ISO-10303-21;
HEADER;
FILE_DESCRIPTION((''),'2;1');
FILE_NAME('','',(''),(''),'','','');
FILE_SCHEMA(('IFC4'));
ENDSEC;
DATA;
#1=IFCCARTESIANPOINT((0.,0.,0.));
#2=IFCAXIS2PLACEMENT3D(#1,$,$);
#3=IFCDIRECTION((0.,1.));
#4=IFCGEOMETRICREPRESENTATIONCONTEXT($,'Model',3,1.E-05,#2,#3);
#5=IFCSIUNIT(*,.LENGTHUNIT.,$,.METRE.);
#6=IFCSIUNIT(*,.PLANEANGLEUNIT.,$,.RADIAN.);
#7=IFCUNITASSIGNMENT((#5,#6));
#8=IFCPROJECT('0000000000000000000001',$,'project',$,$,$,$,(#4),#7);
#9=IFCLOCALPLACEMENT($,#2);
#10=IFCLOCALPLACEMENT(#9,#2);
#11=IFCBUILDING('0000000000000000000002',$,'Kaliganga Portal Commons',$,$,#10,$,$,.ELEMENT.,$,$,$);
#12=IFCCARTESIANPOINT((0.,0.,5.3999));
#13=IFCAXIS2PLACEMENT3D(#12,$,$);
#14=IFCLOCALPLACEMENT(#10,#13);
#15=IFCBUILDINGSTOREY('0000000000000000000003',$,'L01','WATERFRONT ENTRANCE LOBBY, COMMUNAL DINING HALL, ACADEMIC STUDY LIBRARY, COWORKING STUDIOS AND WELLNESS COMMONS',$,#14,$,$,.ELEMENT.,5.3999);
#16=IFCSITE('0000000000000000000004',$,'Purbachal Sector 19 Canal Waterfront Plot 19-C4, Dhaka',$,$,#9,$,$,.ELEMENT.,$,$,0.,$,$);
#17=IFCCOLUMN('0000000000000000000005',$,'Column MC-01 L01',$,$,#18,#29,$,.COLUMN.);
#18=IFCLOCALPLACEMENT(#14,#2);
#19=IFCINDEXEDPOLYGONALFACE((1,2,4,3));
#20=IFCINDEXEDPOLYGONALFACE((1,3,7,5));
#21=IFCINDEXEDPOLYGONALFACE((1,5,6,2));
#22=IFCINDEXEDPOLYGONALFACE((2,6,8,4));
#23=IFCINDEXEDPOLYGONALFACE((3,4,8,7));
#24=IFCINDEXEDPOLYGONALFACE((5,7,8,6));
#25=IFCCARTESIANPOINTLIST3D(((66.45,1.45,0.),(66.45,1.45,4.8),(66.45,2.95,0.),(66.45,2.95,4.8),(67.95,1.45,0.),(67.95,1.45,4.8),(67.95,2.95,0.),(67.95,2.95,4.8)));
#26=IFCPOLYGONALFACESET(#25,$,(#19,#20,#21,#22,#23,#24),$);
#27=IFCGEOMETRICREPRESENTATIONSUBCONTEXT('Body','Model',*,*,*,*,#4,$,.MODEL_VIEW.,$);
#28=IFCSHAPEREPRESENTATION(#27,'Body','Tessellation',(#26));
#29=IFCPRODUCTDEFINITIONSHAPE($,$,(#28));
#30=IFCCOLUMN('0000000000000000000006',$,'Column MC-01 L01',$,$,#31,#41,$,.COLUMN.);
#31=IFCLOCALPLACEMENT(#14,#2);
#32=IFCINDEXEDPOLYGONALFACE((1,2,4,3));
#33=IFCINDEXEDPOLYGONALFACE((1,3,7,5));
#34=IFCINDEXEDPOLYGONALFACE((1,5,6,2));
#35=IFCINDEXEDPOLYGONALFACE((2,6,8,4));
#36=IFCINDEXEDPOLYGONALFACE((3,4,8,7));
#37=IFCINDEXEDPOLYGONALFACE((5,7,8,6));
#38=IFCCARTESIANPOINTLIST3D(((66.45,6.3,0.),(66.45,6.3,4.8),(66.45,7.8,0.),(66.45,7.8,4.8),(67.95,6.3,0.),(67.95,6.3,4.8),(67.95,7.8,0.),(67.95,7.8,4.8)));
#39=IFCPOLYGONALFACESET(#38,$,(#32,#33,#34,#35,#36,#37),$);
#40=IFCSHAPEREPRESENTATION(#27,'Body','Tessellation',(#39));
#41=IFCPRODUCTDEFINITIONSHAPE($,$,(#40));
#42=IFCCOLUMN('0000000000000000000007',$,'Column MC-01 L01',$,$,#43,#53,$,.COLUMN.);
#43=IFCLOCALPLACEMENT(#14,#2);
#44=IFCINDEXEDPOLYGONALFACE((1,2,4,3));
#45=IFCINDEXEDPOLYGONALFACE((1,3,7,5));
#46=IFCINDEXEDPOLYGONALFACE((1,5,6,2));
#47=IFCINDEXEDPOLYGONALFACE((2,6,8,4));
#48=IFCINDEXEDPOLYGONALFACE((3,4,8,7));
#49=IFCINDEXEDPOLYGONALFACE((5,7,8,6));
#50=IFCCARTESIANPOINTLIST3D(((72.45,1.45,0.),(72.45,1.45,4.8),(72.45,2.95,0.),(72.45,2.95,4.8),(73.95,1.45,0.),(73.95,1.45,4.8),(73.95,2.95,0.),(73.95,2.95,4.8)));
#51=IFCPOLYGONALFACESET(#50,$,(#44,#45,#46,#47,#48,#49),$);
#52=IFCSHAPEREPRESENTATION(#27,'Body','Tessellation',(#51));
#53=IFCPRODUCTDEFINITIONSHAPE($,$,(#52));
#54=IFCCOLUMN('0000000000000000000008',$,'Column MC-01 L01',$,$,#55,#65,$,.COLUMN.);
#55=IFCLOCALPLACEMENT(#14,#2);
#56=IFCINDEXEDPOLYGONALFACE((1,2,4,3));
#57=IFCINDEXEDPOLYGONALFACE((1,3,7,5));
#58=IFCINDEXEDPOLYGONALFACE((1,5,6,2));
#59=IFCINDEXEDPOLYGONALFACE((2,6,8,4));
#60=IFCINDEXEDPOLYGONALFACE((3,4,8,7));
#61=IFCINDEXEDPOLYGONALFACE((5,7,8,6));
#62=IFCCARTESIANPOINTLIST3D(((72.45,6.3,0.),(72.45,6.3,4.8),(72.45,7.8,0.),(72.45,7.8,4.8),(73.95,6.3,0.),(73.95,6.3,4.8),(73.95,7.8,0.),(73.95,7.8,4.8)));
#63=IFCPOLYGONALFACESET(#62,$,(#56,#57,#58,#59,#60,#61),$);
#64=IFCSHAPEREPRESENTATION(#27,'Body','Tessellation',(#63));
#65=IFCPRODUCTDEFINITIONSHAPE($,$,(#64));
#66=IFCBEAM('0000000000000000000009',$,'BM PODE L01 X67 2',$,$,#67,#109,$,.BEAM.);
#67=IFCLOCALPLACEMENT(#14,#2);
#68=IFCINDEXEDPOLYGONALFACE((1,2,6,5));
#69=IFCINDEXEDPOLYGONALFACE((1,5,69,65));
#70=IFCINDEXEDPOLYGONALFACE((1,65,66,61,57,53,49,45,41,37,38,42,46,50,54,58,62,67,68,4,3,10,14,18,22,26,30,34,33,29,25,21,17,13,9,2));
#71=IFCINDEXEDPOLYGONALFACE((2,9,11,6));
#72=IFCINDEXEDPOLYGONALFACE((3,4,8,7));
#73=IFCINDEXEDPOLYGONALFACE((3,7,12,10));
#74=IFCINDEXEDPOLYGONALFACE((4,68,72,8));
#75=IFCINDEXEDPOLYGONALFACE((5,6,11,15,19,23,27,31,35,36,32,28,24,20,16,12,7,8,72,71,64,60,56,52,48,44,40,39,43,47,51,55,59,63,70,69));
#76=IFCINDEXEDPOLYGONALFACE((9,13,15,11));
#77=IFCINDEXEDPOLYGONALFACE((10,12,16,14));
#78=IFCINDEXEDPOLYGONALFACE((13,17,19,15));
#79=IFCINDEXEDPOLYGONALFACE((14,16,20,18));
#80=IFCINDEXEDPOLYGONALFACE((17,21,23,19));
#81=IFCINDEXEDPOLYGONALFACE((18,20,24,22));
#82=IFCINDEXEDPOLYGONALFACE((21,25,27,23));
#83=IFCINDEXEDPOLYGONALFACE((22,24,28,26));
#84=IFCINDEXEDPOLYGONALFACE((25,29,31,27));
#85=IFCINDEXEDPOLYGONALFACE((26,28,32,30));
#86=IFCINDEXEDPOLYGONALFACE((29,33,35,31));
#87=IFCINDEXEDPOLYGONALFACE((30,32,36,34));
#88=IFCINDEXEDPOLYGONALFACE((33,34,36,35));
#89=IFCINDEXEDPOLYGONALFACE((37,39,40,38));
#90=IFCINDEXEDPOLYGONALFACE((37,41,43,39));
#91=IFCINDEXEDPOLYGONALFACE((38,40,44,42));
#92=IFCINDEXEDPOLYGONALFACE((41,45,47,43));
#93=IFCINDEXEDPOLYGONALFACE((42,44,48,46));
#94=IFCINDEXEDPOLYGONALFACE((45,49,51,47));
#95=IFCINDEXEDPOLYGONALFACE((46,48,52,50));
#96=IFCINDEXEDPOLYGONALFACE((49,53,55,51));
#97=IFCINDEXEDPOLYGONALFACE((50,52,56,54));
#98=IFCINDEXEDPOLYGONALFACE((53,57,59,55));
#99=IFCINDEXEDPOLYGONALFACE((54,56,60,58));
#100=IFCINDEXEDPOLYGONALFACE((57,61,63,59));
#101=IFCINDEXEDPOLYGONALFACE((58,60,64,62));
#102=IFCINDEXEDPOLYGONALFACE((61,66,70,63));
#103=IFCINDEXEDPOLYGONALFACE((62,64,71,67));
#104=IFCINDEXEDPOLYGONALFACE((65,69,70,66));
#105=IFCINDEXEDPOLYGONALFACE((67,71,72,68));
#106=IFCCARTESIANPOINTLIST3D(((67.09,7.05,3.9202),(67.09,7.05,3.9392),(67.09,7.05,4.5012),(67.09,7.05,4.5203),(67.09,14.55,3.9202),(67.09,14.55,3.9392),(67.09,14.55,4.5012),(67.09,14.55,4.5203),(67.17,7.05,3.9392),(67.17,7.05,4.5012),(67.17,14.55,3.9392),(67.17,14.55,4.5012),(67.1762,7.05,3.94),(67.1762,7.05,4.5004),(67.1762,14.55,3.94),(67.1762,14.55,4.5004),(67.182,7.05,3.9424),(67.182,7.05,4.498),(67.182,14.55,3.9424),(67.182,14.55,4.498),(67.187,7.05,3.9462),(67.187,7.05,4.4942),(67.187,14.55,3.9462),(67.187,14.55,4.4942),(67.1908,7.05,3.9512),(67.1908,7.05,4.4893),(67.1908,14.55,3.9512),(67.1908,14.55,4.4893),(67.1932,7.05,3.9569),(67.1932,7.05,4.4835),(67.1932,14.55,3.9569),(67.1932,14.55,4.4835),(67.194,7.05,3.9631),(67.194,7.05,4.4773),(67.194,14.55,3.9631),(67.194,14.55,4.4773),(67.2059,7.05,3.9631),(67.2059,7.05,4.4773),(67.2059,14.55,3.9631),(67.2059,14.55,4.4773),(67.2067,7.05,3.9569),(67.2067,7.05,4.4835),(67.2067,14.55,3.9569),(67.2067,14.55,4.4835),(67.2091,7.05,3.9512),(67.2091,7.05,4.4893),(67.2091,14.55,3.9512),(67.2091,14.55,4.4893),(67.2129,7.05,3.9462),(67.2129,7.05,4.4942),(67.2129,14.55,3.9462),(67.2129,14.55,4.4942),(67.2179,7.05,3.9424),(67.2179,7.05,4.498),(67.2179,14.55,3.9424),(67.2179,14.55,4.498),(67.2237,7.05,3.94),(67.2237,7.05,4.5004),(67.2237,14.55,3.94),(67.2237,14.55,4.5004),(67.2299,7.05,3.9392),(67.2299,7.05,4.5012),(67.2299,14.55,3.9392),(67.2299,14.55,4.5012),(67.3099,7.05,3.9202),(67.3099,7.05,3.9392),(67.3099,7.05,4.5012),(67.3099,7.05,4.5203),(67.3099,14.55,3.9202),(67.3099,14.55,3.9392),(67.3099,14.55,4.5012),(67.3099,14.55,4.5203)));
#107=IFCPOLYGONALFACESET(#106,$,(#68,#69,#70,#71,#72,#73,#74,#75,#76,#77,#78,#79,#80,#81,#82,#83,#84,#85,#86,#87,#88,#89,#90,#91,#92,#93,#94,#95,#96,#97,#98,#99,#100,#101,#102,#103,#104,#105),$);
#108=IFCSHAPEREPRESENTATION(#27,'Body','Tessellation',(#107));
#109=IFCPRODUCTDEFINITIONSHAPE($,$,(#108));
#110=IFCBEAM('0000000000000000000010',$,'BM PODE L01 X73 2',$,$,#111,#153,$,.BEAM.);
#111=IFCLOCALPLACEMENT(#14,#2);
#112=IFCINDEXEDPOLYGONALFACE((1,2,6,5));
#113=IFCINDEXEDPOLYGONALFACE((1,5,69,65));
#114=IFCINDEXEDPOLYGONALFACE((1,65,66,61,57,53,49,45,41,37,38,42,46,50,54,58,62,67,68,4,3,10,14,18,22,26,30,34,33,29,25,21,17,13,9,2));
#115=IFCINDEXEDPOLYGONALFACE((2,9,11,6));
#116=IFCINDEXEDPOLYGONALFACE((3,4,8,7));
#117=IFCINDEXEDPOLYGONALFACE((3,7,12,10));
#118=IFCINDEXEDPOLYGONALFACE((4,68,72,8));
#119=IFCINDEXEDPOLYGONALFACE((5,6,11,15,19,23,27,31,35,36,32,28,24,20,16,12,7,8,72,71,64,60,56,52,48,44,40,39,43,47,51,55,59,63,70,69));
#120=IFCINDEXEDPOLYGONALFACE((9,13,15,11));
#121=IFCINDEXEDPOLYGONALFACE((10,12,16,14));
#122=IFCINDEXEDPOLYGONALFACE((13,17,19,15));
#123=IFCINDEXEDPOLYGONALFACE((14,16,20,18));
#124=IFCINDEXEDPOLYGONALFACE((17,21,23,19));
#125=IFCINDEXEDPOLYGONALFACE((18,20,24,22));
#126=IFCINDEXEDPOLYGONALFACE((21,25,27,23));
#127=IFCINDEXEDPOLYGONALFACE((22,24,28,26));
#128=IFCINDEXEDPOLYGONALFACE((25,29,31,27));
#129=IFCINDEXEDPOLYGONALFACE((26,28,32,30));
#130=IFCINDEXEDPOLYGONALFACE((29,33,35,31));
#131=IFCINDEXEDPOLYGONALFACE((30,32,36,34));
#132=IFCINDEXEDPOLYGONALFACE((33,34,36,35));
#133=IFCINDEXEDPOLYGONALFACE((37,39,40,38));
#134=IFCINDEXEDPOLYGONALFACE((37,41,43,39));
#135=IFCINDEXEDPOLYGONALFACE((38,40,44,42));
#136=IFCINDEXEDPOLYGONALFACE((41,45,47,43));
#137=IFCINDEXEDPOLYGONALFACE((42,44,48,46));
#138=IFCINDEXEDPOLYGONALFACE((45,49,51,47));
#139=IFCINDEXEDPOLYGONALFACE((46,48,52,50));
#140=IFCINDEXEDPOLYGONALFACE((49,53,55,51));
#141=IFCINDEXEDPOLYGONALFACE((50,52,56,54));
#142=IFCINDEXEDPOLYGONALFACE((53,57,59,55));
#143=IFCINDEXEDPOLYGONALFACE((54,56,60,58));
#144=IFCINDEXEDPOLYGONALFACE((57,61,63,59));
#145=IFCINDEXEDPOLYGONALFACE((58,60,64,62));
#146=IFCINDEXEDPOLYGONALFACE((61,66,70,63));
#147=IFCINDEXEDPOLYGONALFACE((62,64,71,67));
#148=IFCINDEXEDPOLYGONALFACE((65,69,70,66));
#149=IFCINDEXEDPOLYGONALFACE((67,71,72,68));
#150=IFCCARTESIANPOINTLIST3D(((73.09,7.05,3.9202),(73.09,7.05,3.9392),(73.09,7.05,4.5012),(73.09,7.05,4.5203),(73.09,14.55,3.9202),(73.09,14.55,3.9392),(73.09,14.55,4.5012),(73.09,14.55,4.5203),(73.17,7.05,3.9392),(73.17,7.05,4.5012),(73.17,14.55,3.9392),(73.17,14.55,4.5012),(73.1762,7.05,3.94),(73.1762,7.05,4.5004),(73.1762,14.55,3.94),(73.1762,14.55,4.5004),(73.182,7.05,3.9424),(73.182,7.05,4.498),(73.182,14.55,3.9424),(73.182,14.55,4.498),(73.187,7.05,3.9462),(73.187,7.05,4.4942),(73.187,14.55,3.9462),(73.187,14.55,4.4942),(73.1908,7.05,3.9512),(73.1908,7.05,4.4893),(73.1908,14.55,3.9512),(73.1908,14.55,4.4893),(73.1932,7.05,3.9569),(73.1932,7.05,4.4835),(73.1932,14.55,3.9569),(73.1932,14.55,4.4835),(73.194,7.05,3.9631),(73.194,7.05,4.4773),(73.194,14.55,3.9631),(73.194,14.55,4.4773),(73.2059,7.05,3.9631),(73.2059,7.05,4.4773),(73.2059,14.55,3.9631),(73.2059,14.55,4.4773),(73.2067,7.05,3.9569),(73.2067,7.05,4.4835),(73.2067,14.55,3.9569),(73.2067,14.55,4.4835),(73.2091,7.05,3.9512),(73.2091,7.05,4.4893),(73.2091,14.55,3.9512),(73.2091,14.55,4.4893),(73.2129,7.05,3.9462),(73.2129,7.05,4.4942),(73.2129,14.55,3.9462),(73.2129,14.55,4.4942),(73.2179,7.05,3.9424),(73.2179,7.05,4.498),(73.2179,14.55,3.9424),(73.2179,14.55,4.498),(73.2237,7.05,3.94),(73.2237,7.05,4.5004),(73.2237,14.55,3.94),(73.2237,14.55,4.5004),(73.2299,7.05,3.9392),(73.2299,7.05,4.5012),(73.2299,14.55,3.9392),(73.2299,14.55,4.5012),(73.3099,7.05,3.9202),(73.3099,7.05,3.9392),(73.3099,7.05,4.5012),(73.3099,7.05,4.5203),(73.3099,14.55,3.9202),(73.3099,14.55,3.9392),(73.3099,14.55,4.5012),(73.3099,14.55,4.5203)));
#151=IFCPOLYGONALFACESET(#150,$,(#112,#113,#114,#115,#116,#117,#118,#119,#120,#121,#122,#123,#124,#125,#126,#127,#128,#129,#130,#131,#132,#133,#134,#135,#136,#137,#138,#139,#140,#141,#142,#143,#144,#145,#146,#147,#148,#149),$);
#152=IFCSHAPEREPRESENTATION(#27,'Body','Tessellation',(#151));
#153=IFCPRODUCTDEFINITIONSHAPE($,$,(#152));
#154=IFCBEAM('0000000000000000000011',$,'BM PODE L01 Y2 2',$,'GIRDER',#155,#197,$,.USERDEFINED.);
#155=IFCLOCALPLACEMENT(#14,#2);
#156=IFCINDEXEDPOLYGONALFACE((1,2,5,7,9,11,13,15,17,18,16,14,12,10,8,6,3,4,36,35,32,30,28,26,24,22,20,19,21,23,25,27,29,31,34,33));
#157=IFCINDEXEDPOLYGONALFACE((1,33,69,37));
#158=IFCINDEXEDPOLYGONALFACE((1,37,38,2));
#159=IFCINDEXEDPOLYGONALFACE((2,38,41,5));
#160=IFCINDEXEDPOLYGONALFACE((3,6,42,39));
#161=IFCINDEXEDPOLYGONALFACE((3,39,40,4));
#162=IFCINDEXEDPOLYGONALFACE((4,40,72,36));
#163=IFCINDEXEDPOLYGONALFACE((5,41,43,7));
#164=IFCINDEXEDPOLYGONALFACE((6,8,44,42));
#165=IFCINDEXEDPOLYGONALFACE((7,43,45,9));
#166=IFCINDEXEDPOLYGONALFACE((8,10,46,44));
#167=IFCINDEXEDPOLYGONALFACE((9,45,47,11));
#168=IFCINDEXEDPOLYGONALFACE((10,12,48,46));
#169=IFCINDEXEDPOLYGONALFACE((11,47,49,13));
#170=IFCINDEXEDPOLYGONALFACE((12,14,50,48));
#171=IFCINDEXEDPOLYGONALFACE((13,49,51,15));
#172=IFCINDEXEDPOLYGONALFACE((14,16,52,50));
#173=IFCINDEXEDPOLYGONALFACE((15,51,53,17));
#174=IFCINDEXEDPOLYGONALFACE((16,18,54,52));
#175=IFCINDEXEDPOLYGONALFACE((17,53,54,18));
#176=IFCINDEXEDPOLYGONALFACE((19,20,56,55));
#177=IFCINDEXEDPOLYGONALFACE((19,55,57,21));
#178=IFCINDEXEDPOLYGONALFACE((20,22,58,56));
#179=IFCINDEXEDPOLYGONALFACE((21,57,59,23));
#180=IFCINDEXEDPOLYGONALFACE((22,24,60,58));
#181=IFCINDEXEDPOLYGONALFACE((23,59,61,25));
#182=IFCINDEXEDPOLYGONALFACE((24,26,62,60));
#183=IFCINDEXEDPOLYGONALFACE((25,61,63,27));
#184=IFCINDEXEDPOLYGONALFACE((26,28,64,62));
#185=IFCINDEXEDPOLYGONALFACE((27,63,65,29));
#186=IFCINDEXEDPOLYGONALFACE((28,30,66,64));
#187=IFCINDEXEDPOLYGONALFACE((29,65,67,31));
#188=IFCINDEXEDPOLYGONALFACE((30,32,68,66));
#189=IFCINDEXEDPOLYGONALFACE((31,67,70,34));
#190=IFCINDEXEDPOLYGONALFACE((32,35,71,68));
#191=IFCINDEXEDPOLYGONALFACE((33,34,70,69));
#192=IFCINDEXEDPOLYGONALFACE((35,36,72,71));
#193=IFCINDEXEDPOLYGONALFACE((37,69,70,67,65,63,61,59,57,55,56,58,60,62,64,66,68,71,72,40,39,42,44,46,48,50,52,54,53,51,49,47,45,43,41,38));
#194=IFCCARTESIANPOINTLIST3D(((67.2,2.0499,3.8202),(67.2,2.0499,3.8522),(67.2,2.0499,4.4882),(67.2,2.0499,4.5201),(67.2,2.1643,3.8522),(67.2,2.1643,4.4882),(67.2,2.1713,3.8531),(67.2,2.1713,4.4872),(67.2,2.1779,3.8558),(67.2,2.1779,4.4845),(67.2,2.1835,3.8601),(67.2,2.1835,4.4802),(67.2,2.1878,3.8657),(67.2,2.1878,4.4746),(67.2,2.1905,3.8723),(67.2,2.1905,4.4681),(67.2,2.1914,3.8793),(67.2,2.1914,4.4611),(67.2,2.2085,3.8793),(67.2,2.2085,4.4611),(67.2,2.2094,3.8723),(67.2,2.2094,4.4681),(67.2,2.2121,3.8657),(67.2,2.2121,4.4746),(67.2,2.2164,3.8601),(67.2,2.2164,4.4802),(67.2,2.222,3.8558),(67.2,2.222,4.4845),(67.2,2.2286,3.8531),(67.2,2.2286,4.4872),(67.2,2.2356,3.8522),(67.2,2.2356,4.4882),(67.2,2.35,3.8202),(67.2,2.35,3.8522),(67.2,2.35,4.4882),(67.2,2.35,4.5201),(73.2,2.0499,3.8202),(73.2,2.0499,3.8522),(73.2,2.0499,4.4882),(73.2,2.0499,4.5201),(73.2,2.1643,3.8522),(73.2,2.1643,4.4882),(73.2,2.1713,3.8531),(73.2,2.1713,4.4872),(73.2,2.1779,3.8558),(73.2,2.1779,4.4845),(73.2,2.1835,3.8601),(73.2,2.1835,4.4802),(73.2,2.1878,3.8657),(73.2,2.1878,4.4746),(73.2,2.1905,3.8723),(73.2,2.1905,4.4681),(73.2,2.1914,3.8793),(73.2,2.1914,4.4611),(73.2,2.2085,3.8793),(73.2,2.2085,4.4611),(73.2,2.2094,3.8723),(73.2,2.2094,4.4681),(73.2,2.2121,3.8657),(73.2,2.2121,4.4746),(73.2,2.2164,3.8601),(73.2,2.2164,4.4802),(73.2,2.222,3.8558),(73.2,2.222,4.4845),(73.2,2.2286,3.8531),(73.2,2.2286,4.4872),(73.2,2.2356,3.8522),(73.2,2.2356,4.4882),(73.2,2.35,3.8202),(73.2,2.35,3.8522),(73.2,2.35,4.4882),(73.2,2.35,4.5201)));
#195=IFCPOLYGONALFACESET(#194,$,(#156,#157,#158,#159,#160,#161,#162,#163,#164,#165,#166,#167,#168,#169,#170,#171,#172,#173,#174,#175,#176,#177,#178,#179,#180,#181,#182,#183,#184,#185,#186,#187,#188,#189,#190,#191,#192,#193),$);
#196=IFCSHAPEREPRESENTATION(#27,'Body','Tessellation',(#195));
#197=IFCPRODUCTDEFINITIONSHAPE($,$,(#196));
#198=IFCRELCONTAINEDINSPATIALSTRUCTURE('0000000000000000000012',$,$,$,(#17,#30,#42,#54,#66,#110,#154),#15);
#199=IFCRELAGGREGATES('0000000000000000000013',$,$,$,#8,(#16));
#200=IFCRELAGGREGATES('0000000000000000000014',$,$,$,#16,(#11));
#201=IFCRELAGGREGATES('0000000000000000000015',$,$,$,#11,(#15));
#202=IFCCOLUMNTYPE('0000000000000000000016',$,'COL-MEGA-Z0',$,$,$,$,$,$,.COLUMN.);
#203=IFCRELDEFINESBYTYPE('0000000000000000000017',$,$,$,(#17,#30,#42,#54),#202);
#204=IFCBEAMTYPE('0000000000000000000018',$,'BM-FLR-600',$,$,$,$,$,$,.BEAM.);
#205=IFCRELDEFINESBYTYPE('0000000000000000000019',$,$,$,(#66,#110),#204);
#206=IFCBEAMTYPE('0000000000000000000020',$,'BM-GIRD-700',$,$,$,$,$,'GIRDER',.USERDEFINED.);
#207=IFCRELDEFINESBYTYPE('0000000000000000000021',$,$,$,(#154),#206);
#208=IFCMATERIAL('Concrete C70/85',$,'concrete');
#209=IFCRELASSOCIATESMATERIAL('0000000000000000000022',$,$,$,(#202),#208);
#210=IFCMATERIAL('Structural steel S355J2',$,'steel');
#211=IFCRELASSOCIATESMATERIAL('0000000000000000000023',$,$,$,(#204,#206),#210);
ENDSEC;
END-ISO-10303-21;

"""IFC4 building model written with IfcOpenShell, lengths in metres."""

from ifc_helpers import new_model, si_unit, direction, frame, origin, origin_2d, place, context, subcontext, project, spatial, rectangle, i_section, extrude, source, transform, mapped, material, material_profile, profile_set, type_object, element, save


model = new_model("IFC4")

# Units and contexts
model_context = context("Model", 3, precision=1e-05, world=origin(), true_north=direction((0.0, 1.0)))
body_context = subcontext(model_context, "Body", "Model", "MODEL_VIEW")
ifc_project = project(units=[si_unit("LENGTHUNIT", "METRE"), si_unit("PLANEANGLEUNIT", "RADIAN")], contexts=[model_context])

# Site, building, storey
site_placement = place(None, origin())
site = spatial("IfcSite", under=ifc_project, at=site_placement, Name="Purbachal Sector 19 Canal Waterfront Plot 19-C4, Dhaka", CompositionType="ELEMENT", RefElevation=0.0)
building_placement = place(site_placement, origin())
building = spatial("IfcBuilding", under=site, at=building_placement, Name="Kaliganga Portal Commons", CompositionType="ELEMENT")
storey_placement = place(building_placement, frame((0.0, 0.0, 5.3999)))
storey = spatial("IfcBuildingStorey", under=building, at=storey_placement, Name="L01", Description="WATERFRONT ENTRANCE LOBBY, COMMUNAL DINING HALL, ACADEMIC STUDY LIBRARY, COWORKING STUDIOS AND WELLNESS COMMONS", CompositionType="ELEMENT", Elevation=5.3999)

# Columns
ifc_material_1 = material(Name="Concrete C70/85", Category="concrete")
ifc_material_profile_1 = material_profile(ifc_material_1, rectangle(XDim=1.5, YDim=1.5, at=origin_2d()), Name="RC 1500x1500")
ifc_profile_set_1 = profile_set([ifc_material_profile_1], Name="Concrete C70/85")
column_type = type_object("IfcColumnType", Name="COL-MEGA-Z0", PredefinedType="COLUMN", material=ifc_profile_set_1)
shared_shape_1 = source(origin(), body_context, "Body", "SweptSolid", [
    extrude(rectangle(XDim=1.5, YDim=1.5, at=origin_2d()), origin(), (0.0, 0.0, 1.0), 4.8),
])
for number, where, z_axis, x_axis, name in (
    (1, (67.2, 2.2, 0.0), (0.0, 0.0, 1.0), (1.0, 0.0, 0.0), "Column MC-01 L01"),
    (2, (67.2, 7.05, 0.0), (0.0, 0.0, 1.0), (1.0, 0.0, 0.0), "Column MC-01 L01"),
    (3, (73.2, 2.2, 0.0), (0.0, 0.0, 1.0), (1.0, 0.0, 0.0), "Column MC-01 L01"),
    (4, (73.2, 7.05, 0.0), (0.0, 0.0, 1.0), (1.0, 0.0, 0.0), "Column MC-01 L01"),
):
    element("IfcColumn", number, at=place(storey_placement, frame(where, z_axis=z_axis, x_axis=x_axis)), inside=storey, type_object=column_type, Name=name, PredefinedType="COLUMN", context=body_context, shape_type="MappedRepresentation", body=[
        mapped(shared_shape_1, transform((0.0, 0.0, 0.0), x_axis=(1.0, 0.0, 0.0), y_axis=(0.0, 1.0, 0.0), z_axis=(0.0, 0.0, 1.0), scale=1.0)),
    ])

# Beams
ifc_material_2 = material(Name="Structural steel S355J2", Category="steel")
ifc_material_profile_2 = material_profile(ifc_material_2, i_section(OverallWidth=0.22, OverallDepth=0.6001, WebThickness=0.012, FlangeThickness=0.019, FilletRadius=0.0239, at=origin_2d()), Name="IPE 600")
ifc_profile_set_2 = profile_set([ifc_material_profile_2], Name="Structural steel S355J2 wide-flange")
beam_type_1 = type_object("IfcBeamType", Name="BM-FLR-600", PredefinedType="BEAM", material=ifc_profile_set_2)
shared_shape_2 = source(origin(), body_context, "Body", "SweptSolid", [
    extrude(i_section(OverallWidth=0.22, OverallDepth=0.6001, WebThickness=0.012, FlangeThickness=0.019, FilletRadius=0.0239, at=origin_2d()), origin(), (0.0, 0.0, 1.0), 7.5),
])
for number, where, z_axis, x_axis, name in (
    (5, (67.2, 7.05, 4.2202), (0.0, 1.0, 0.0), (-1.0, 0.0, 0.0), "BM PODE L01 X67 2"),
    (6, (73.2, 7.05, 4.2202), (0.0, 1.0, 0.0), (-1.0, 0.0, 0.0), "BM PODE L01 X73 2"),
):
    element("IfcBeam", number, at=place(storey_placement, frame(where, z_axis=z_axis, x_axis=x_axis)), inside=storey, type_object=beam_type_1, Name=name, PredefinedType="BEAM", context=body_context, shape_type="MappedRepresentation", body=[
        mapped(shared_shape_2, transform((0.0, 0.0, 0.0), x_axis=(1.0, 0.0, 0.0), y_axis=(0.0, 1.0, 0.0), z_axis=(0.0, 0.0, 1.0), scale=1.0)),
    ])
ifc_material_profile_3 = material_profile(ifc_material_2, i_section(OverallWidth=0.3, OverallDepth=0.7, WebThickness=0.0171, FlangeThickness=0.032, FilletRadius=0.0271, at=origin_2d()), Name="HE 700 B")
ifc_profile_set_3 = profile_set([ifc_material_profile_3], Name="Structural steel S355J2 wide-flange")
beam_type_2 = type_object("IfcBeamType", Name="BM-GIRD-700", ElementType="GIRDER", PredefinedType="USERDEFINED", material=ifc_profile_set_3)
shared_shape_3 = source(origin(), body_context, "Body", "SweptSolid", [
    extrude(i_section(OverallWidth=0.3, OverallDepth=0.7, WebThickness=0.0171, FlangeThickness=0.032, FilletRadius=0.0271, at=origin_2d()), origin(), (0.0, 0.0, 1.0), 6.0),
])
for number, where, z_axis, x_axis, name in (
    (7, (67.2, 2.2, 4.1702), (1.0, 0.0, 0.0), (0.0, 1.0, 0.0), "BM PODE L01 Y2 2"),
):
    element("IfcBeam", number, at=place(storey_placement, frame(where, z_axis=z_axis, x_axis=x_axis)), inside=storey, type_object=beam_type_2, Name=name, ObjectType="GIRDER", PredefinedType="USERDEFINED", context=body_context, shape_type="MappedRepresentation", body=[
        mapped(shared_shape_3, transform((0.0, 0.0, 0.0), x_axis=(1.0, 0.0, 0.0), y_axis=(0.0, 1.0, 0.0), z_axis=(0.0, 0.0, 1.0), scale=1.0)),
    ])

save(model, "model.ifc")
